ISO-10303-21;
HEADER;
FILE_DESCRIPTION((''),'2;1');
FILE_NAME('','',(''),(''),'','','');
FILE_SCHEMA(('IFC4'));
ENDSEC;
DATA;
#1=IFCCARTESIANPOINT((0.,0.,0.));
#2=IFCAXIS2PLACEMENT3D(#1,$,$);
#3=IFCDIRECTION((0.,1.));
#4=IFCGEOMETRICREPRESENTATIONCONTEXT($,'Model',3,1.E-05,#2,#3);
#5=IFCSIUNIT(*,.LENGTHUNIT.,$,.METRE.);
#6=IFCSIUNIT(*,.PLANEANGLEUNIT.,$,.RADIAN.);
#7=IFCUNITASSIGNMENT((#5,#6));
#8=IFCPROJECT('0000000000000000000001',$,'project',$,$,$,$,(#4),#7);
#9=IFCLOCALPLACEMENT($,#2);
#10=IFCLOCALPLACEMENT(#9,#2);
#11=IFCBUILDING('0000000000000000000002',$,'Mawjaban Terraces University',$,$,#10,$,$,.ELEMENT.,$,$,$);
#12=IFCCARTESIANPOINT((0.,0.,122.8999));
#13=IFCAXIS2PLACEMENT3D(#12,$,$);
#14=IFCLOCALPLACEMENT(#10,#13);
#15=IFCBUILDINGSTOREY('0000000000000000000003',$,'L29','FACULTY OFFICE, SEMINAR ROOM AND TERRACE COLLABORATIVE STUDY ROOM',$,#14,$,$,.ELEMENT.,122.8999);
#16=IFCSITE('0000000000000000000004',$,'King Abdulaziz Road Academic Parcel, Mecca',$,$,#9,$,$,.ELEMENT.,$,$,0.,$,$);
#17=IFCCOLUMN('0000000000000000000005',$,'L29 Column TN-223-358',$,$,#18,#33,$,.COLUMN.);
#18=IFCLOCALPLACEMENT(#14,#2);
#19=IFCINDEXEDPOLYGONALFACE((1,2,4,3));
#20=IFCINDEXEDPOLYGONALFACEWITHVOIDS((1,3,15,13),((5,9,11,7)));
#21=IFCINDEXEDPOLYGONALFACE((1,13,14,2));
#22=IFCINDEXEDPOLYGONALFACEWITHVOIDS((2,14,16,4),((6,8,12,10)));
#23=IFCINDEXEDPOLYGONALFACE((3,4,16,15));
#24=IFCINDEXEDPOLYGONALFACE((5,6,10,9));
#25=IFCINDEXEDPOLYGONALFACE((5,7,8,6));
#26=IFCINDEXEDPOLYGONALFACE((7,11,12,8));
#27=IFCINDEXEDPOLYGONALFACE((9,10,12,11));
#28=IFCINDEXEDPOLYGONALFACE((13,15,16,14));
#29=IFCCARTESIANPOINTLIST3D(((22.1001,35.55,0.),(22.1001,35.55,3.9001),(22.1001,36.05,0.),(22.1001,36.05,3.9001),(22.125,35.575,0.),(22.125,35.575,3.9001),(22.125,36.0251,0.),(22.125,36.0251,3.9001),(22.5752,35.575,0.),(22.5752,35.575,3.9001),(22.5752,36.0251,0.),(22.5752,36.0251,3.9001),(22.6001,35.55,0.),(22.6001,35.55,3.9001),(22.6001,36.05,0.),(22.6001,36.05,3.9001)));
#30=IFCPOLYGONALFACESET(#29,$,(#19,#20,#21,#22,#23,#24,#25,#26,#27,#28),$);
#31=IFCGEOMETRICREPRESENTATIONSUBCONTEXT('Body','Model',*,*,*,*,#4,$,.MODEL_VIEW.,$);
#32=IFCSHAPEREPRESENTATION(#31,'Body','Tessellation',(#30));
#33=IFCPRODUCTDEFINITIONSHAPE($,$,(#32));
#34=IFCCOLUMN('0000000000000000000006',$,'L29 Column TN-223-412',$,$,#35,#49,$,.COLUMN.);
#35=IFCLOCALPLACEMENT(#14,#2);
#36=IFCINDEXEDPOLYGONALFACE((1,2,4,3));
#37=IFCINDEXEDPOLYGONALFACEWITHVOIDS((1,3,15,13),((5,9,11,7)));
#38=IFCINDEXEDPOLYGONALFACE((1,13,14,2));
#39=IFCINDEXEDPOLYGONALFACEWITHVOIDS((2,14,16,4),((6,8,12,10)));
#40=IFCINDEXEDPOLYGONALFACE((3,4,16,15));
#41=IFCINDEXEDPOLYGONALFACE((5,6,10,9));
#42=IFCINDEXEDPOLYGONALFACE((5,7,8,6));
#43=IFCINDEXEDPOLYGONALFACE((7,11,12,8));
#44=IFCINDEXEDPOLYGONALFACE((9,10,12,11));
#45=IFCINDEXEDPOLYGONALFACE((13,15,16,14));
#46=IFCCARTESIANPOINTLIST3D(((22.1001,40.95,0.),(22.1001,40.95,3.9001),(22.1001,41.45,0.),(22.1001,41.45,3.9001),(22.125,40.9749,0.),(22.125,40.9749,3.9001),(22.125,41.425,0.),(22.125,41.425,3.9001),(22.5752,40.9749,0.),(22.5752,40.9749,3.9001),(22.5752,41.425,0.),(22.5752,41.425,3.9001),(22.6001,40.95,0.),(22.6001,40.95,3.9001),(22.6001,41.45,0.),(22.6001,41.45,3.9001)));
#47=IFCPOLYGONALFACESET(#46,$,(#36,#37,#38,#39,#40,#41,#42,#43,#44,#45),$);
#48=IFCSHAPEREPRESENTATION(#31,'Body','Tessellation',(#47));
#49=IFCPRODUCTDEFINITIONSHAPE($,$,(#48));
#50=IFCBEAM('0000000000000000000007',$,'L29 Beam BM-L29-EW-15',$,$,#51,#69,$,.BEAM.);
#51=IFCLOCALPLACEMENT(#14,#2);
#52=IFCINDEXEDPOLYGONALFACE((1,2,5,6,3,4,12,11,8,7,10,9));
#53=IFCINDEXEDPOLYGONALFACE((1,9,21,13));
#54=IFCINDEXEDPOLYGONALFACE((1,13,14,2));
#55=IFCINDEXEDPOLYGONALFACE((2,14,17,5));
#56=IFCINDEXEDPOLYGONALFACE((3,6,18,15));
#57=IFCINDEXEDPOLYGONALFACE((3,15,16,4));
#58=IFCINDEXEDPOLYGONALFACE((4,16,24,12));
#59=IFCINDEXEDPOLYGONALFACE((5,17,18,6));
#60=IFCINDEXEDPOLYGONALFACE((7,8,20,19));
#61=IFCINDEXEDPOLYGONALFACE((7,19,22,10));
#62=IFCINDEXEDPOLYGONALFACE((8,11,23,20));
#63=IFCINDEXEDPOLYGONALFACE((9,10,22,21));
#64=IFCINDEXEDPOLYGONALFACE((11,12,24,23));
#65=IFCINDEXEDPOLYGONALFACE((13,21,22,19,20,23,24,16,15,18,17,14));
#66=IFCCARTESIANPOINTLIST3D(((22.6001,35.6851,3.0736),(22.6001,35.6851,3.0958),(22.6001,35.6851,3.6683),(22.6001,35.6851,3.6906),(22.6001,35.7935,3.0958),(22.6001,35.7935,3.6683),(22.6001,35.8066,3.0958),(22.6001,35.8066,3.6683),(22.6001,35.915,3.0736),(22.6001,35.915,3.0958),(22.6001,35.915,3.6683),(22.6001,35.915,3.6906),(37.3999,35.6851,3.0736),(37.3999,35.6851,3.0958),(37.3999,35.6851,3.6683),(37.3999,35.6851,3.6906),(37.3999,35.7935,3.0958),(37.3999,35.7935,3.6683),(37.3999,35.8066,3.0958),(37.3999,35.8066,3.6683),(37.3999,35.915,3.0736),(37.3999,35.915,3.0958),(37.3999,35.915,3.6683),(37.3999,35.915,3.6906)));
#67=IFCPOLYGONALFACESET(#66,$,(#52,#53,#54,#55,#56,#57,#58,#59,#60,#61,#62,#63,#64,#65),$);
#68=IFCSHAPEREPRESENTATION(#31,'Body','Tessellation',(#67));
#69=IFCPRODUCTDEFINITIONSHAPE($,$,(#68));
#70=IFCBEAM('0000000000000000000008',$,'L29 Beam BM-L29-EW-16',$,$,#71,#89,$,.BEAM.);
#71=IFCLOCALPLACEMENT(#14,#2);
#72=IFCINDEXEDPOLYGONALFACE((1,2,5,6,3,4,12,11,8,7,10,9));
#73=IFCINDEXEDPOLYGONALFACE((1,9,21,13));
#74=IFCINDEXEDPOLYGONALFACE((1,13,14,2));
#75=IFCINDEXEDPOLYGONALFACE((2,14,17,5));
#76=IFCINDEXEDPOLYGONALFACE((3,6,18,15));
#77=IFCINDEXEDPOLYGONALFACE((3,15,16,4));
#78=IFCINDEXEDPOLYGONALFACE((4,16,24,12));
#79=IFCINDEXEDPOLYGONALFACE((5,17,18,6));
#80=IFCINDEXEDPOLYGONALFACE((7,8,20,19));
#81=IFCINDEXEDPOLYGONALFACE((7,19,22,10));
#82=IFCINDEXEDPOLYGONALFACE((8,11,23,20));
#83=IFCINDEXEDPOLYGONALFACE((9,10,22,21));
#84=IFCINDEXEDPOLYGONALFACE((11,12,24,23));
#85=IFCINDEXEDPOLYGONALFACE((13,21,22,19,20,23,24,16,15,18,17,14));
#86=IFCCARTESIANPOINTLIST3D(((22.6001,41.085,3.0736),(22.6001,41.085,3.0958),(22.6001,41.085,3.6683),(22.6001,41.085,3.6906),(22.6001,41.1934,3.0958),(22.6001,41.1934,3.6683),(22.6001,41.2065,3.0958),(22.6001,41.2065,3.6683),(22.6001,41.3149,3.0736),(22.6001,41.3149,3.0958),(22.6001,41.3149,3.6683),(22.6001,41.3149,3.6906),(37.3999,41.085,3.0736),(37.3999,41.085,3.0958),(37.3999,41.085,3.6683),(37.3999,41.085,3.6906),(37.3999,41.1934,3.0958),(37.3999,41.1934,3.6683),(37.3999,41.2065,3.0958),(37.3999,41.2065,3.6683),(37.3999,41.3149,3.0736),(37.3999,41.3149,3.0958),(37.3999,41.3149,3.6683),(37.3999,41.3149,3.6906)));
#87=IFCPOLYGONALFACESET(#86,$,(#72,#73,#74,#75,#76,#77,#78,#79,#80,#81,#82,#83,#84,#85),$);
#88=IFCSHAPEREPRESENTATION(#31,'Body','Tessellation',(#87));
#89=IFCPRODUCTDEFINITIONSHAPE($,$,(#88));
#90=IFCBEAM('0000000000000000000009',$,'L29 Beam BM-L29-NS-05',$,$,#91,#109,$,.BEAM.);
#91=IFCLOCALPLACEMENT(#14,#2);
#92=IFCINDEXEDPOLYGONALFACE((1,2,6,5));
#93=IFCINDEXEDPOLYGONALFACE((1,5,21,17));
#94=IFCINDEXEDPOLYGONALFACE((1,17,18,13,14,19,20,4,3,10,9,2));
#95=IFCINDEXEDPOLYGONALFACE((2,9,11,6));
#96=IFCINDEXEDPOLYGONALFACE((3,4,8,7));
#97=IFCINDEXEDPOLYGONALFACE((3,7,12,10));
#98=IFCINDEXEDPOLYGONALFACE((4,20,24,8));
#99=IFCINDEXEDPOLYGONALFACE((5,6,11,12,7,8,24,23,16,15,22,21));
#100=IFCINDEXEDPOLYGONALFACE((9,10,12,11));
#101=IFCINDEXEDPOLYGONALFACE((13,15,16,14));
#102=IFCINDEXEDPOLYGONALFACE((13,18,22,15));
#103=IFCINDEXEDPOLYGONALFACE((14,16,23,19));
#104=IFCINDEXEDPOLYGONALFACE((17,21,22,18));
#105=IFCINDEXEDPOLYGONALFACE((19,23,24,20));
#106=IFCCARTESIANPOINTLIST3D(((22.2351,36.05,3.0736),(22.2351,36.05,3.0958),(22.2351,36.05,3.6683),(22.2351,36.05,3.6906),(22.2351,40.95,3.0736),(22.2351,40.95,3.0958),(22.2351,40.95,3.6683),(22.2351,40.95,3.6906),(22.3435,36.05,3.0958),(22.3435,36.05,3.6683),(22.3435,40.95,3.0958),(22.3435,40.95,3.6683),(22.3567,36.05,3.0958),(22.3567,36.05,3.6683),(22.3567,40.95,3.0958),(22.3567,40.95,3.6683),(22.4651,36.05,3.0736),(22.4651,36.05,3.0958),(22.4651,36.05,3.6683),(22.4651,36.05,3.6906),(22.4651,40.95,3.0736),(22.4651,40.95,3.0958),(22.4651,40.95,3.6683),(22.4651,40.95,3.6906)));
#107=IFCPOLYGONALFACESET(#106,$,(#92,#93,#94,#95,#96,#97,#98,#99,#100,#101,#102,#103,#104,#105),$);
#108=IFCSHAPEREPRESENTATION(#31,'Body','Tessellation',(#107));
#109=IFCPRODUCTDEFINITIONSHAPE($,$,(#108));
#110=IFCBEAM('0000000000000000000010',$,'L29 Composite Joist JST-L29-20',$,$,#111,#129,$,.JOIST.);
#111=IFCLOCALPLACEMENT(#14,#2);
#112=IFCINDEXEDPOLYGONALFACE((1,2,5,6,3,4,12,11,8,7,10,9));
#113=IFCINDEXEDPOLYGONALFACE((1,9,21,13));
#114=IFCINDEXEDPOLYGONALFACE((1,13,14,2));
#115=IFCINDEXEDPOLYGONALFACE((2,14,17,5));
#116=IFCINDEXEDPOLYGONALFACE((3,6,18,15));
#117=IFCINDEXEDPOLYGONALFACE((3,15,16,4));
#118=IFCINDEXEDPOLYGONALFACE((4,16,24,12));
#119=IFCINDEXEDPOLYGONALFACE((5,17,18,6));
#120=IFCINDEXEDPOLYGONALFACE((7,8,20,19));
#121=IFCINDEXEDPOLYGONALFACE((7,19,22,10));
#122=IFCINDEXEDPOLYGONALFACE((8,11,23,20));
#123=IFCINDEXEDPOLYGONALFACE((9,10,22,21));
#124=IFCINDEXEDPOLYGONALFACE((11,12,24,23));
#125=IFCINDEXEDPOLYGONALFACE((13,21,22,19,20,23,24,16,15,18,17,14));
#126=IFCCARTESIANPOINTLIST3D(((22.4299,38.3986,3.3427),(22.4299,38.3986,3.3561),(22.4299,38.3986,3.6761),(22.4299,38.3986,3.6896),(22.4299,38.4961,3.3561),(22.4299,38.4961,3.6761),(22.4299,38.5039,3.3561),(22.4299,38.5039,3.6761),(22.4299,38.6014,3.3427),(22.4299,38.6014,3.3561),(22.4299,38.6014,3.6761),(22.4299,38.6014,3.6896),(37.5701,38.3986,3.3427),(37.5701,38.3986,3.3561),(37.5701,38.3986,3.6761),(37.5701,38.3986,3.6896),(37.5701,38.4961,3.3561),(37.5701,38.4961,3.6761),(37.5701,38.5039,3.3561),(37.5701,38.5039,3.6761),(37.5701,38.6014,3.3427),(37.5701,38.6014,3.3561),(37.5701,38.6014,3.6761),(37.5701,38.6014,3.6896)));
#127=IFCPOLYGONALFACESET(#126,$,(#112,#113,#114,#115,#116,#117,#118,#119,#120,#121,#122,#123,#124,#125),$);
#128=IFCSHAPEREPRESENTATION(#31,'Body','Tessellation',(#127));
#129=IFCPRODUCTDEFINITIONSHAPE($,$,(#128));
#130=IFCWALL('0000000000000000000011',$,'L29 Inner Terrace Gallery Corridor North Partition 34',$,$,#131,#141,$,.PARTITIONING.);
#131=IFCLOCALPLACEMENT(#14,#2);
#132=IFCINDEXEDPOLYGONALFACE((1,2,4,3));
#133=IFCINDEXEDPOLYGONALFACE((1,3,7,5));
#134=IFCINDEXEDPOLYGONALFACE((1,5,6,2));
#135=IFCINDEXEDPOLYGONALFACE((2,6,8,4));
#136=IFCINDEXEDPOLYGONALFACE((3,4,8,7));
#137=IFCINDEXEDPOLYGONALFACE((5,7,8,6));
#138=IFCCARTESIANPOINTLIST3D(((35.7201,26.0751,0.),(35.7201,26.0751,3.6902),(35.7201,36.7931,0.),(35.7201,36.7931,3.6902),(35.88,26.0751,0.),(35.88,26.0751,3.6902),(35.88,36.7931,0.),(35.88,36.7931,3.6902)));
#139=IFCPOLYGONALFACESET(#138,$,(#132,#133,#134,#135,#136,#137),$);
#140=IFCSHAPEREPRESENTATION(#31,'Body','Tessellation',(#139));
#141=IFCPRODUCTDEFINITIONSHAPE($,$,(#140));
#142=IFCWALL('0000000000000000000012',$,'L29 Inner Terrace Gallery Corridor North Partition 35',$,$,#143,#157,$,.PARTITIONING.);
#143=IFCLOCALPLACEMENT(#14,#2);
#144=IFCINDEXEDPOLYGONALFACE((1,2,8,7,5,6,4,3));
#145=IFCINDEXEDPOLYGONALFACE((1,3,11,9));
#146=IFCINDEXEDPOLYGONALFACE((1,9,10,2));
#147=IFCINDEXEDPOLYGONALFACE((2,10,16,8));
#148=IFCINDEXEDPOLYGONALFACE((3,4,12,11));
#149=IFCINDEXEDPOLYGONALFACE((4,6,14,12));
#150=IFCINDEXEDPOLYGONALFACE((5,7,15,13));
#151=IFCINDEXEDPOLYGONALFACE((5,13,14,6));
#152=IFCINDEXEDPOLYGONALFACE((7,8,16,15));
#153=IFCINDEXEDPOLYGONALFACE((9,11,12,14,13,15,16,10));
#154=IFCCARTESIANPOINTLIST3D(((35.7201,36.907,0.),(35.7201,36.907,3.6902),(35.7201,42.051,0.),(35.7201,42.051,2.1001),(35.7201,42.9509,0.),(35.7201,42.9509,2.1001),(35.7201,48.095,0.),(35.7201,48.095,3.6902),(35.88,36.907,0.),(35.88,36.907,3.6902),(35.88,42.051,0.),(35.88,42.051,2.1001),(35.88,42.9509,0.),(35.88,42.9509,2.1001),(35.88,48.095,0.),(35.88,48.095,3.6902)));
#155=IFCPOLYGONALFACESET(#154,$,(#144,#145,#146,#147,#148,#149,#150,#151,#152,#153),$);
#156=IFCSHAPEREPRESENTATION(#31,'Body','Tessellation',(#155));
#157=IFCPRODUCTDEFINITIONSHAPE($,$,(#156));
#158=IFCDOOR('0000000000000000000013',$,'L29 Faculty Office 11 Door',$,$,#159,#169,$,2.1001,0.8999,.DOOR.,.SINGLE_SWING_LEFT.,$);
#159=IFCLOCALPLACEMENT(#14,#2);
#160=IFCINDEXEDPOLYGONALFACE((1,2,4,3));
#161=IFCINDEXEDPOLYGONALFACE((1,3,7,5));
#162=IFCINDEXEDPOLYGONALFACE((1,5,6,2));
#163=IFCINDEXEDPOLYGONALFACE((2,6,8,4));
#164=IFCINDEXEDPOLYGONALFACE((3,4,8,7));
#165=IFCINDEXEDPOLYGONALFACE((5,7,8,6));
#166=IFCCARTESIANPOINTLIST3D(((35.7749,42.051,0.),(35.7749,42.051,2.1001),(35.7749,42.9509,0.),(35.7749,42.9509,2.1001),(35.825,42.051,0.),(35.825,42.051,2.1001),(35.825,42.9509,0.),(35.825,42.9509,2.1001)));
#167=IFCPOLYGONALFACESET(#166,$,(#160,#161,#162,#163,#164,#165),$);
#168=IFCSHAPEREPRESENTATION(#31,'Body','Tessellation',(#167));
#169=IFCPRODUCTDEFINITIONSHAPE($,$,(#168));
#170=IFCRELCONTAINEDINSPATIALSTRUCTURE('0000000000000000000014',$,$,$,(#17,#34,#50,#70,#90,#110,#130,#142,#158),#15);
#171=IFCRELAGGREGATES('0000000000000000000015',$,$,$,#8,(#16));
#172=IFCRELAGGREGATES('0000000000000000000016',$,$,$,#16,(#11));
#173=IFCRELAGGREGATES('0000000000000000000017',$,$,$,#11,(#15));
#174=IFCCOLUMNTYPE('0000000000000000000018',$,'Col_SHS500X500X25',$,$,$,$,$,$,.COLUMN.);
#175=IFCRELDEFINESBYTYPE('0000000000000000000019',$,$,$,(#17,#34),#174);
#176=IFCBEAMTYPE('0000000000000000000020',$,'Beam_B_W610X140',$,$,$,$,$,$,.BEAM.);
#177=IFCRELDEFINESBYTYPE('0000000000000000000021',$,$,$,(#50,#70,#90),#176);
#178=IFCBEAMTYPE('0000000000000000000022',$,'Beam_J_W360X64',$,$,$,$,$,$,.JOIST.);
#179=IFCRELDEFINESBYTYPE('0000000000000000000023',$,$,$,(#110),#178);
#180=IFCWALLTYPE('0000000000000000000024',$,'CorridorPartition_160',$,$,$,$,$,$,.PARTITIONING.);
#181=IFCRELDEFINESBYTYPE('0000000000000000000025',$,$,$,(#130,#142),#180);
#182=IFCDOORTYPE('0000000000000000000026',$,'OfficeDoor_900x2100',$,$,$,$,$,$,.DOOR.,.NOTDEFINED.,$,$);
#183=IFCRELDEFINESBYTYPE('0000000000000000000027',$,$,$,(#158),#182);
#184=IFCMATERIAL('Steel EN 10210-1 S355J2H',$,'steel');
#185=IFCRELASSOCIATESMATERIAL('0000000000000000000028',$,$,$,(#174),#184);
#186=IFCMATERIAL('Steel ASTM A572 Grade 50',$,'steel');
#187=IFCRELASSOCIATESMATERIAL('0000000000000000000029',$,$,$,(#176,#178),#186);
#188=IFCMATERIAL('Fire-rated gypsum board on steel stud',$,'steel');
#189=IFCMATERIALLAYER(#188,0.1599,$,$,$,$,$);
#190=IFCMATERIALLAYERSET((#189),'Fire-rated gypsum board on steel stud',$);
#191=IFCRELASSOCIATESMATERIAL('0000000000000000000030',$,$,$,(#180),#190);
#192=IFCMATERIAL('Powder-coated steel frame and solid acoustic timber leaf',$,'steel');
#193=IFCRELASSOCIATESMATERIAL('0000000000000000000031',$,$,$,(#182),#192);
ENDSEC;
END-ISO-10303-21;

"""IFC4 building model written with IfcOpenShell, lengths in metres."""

from ifc_helpers import new_model, si_unit, direction, frame, frame_2d, origin, origin_2d, place, context, subcontext, project, spatial, rectangle, hollow_rectangle, i_section, extrude, material, layer, layer_set, material_profile, profile_set, type_object, element, fill, save


model = new_model("IFC4")

# Units and contexts
model_context = context("Model", 3, precision=1e-05, world=origin(), true_north=direction((0.0, 1.0)))
body_context = subcontext(model_context, "Body", "Model", "MODEL_VIEW")
ifc_project = project(units=[si_unit("LENGTHUNIT", "METRE"), si_unit("PLANEANGLEUNIT", "RADIAN")], contexts=[model_context])

# Site, building, storey
site_placement = place(None, origin())
site = spatial("IfcSite", under=ifc_project, at=site_placement, Name="King Abdulaziz Road Academic Parcel, Mecca", CompositionType="ELEMENT", RefElevation=0.0)
building_placement = place(site_placement, origin())
building = spatial("IfcBuilding", under=site, at=building_placement, Name="Mawjaban Terraces University", CompositionType="ELEMENT")
storey_placement = place(building_placement, frame((0.0, 0.0, 122.8999)))
storey = spatial("IfcBuildingStorey", under=building, at=storey_placement, Name="L29", Description="FACULTY OFFICE, SEMINAR ROOM AND TERRACE COLLABORATIVE STUDY ROOM", CompositionType="ELEMENT", Elevation=122.8999)

# Columns
ifc_material_1 = material(Name="Steel EN 10210-1 S355J2H", Category="steel")
ifc_material_profile_1 = material_profile(ifc_material_1, hollow_rectangle(XDim=0.5, YDim=0.5, WallThickness=0.0249, at=origin_2d()), Name="SHS500X500X25")
ifc_profile_set_1 = profile_set([ifc_material_profile_1], Name="Steel EN 10210-1 S355J2H")
column_type = type_object("IfcColumnType", Name="Col_SHS500X500X25", PredefinedType="COLUMN", material=ifc_profile_set_1)
for number, where, z_axis, x_axis, name in (
    (1, (22.3501, 35.8, 0.0), (0.0, 0.0, 1.0), (1.0, 0.0, 0.0), "L29 Column TN-223-358"),
    (2, (22.3501, 41.2, 0.0), (0.0, 0.0, 1.0), (1.0, 0.0, 0.0), "L29 Column TN-223-412"),
):
    element("IfcColumn", number, at=place(storey_placement, frame(where, z_axis=z_axis, x_axis=x_axis)), inside=storey, type_object=column_type, Name=name, PredefinedType="COLUMN", context=body_context, shape_type="SweptSolid", body=[
        extrude(hollow_rectangle(XDim=0.5, YDim=0.5, WallThickness=0.0249, at=origin_2d()), origin(), (0.0, 0.0, 1.0), 3.9001),
    ])

# Beams
ifc_material_2 = material(Name="Steel ASTM A572 Grade 50", Category="steel")
ifc_material_profile_2 = material_profile(ifc_material_2, i_section(OverallWidth=0.23, OverallDepth=0.6169, WebThickness=0.0132, FlangeThickness=0.0222, at=origin_2d()), Name="W610X140")
ifc_profile_set_2 = profile_set([ifc_material_profile_2], Name="Steel ASTM A572 Grade 50")
beam_type_1 = type_object("IfcBeamType", Name="Beam_B_W610X140", PredefinedType="BEAM", material=ifc_profile_set_2)
for number, where, z_axis, x_axis, name in (
    (3, (22.6001, 35.8, 3.3821), (1.0, 0.0, 0.0), (0.0, 1.0, 0.0), "L29 Beam BM-L29-EW-15"),
    (4, (22.6001, 41.2, 3.3821), (1.0, 0.0, 0.0), (0.0, 1.0, 0.0), "L29 Beam BM-L29-EW-16"),
):
    element("IfcBeam", number, at=place(storey_placement, frame(where, z_axis=z_axis, x_axis=x_axis)), inside=storey, type_object=beam_type_1, Name=name, PredefinedType="BEAM", context=body_context, shape_type="SweptSolid", body=[
        extrude(i_section(OverallWidth=0.23, OverallDepth=0.6169, WebThickness=0.0132, FlangeThickness=0.0222, at=origin_2d()), origin(), (0.0, 0.0, 1.0), 14.7998),
    ])
beam_1_placement = place(storey_placement, frame((22.3501, 36.05, 3.3821), z_axis=(0.0, 1.0, 0.0), x_axis=(-1.0, 0.0, 0.0)))
element("IfcBeam", 5, at=beam_1_placement, inside=storey, type_object=beam_type_1, Name="L29 Beam BM-L29-NS-05", PredefinedType="BEAM", context=body_context, shape_type="SweptSolid", body=[
    extrude(i_section(OverallWidth=0.23, OverallDepth=0.6169, WebThickness=0.0132, FlangeThickness=0.0222, at=origin_2d()), origin(), (0.0, 0.0, 1.0), 4.8999),
])
ifc_material_profile_3 = material_profile(ifc_material_2, i_section(OverallWidth=0.2029, OverallDepth=0.3469, WebThickness=0.0078, FlangeThickness=0.0134, at=origin_2d()), Name="W360X64")
ifc_profile_set_3 = profile_set([ifc_material_profile_3], Name="Steel ASTM A572 Grade 50")
beam_type_2 = type_object("IfcBeamType", Name="Beam_J_W360X64", PredefinedType="JOIST", material=ifc_profile_set_3)
beam_2_placement = place(storey_placement, frame((22.4299, 38.5, 3.5161), z_axis=(1.0, 0.0, 0.0), x_axis=(0.0, 1.0, 0.0)))
element("IfcBeam", 6, at=beam_2_placement, inside=storey, type_object=beam_type_2, Name="L29 Composite Joist JST-L29-20", PredefinedType="JOIST", context=body_context, shape_type="SweptSolid", body=[
    extrude(i_section(OverallWidth=0.2029, OverallDepth=0.3469, WebThickness=0.0078, FlangeThickness=0.0134, at=origin_2d()), origin(), (0.0, 0.0, 1.0), 15.1401),
])

# Wall
ifc_material_3 = material(Name="Fire-rated gypsum board on steel stud", Category="steel")
ifc_layer_1 = layer(ifc_material_3, 0.1599)
ifc_layer_set_1 = layer_set([ifc_layer_1], Name="Fire-rated gypsum board on steel stud")
wall_type_1 = type_object("IfcWallType", Name="CorridorPartition_160", PredefinedType="PARTITIONING", material=ifc_layer_set_1)
wall_1_placement = place(storey_placement, frame((35.8, 36.793, 0.0), z_axis=(0.0, 0.0, 1.0), x_axis=(0.0, -1.0, 0.0)))
element("IfcWall", 7, at=wall_1_placement, inside=storey, type_object=wall_type_1, Name="L29 Inner Terrace Gallery Corridor North Partition 34", PredefinedType="PARTITIONING", context=body_context, shape_type="SweptSolid", body=[
    extrude(rectangle(XDim=10.718, YDim=0.1599, at=frame_2d((5.3589, 0.0))), origin(), (0.0, 0.0, 1.0), 3.6902),
])

# Wall, opening, door
wall_2_placement = place(storey_placement, frame((35.8, 48.095, 0.0), z_axis=(0.0, 0.0, 1.0), x_axis=(0.0, -1.0, 0.0)))
wall_2 = element("IfcWall", 8, at=wall_2_placement, inside=storey, type_object=wall_type_1, Name="L29 Inner Terrace Gallery Corridor North Partition 35", PredefinedType="PARTITIONING", context=body_context, shape_type="SweptSolid", body=[
    extrude(rectangle(XDim=11.188, YDim=0.1599, at=frame_2d((5.594, 0.0))), origin(), (0.0, 0.0, 1.0), 3.6902),
])
opening_1_placement = place(wall_2_placement, frame((5.144, 0.0, 0.0)))
opening_1 = element("IfcOpeningElement", 9, at=opening_1_placement, cuts=wall_2, PredefinedType="OPENING", context=body_context, shape_type="SweptSolid", body=[
    extrude(rectangle(XDim=0.8999, YDim=2.1001, at=frame_2d((0.45, 1.05))), frame((0.0, 0.0898, 0.0), z_axis=(0.0, -1.0, 0.0), x_axis=(1.0, 0.0, 0.0)), (0.0, 0.0, 1.0), 0.1799),
])
ifc_material_4 = material(Name="Powder-coated steel frame and solid acoustic timber leaf", Category="steel")
door_type_1 = type_object("IfcDoorType", Name="OfficeDoor_900x2100", OperationType="NOTDEFINED", PredefinedType="DOOR", material=ifc_material_4)
door_1_placement = place(opening_1_placement, origin())
door_1 = element("IfcDoor", 10, at=door_1_placement, inside=storey, type_object=door_type_1, Name="L29 Faculty Office 11 Door", OperationType="SINGLE_SWING_LEFT", OverallHeight=2.1001, OverallWidth=0.8999, PredefinedType="DOOR", context=body_context, shape_type="SweptSolid", body=[
    extrude(rectangle(XDim=0.8999, YDim=2.1001, at=frame_2d((0.45, 1.05))), frame((0.0, 0.0249, 0.0), z_axis=(0.0, -1.0, 0.0), x_axis=(1.0, 0.0, 0.0)), (0.0, 0.0, 1.0), 0.05),
])
fill(opening_1, door_1)

save(model, "model.ifc")
